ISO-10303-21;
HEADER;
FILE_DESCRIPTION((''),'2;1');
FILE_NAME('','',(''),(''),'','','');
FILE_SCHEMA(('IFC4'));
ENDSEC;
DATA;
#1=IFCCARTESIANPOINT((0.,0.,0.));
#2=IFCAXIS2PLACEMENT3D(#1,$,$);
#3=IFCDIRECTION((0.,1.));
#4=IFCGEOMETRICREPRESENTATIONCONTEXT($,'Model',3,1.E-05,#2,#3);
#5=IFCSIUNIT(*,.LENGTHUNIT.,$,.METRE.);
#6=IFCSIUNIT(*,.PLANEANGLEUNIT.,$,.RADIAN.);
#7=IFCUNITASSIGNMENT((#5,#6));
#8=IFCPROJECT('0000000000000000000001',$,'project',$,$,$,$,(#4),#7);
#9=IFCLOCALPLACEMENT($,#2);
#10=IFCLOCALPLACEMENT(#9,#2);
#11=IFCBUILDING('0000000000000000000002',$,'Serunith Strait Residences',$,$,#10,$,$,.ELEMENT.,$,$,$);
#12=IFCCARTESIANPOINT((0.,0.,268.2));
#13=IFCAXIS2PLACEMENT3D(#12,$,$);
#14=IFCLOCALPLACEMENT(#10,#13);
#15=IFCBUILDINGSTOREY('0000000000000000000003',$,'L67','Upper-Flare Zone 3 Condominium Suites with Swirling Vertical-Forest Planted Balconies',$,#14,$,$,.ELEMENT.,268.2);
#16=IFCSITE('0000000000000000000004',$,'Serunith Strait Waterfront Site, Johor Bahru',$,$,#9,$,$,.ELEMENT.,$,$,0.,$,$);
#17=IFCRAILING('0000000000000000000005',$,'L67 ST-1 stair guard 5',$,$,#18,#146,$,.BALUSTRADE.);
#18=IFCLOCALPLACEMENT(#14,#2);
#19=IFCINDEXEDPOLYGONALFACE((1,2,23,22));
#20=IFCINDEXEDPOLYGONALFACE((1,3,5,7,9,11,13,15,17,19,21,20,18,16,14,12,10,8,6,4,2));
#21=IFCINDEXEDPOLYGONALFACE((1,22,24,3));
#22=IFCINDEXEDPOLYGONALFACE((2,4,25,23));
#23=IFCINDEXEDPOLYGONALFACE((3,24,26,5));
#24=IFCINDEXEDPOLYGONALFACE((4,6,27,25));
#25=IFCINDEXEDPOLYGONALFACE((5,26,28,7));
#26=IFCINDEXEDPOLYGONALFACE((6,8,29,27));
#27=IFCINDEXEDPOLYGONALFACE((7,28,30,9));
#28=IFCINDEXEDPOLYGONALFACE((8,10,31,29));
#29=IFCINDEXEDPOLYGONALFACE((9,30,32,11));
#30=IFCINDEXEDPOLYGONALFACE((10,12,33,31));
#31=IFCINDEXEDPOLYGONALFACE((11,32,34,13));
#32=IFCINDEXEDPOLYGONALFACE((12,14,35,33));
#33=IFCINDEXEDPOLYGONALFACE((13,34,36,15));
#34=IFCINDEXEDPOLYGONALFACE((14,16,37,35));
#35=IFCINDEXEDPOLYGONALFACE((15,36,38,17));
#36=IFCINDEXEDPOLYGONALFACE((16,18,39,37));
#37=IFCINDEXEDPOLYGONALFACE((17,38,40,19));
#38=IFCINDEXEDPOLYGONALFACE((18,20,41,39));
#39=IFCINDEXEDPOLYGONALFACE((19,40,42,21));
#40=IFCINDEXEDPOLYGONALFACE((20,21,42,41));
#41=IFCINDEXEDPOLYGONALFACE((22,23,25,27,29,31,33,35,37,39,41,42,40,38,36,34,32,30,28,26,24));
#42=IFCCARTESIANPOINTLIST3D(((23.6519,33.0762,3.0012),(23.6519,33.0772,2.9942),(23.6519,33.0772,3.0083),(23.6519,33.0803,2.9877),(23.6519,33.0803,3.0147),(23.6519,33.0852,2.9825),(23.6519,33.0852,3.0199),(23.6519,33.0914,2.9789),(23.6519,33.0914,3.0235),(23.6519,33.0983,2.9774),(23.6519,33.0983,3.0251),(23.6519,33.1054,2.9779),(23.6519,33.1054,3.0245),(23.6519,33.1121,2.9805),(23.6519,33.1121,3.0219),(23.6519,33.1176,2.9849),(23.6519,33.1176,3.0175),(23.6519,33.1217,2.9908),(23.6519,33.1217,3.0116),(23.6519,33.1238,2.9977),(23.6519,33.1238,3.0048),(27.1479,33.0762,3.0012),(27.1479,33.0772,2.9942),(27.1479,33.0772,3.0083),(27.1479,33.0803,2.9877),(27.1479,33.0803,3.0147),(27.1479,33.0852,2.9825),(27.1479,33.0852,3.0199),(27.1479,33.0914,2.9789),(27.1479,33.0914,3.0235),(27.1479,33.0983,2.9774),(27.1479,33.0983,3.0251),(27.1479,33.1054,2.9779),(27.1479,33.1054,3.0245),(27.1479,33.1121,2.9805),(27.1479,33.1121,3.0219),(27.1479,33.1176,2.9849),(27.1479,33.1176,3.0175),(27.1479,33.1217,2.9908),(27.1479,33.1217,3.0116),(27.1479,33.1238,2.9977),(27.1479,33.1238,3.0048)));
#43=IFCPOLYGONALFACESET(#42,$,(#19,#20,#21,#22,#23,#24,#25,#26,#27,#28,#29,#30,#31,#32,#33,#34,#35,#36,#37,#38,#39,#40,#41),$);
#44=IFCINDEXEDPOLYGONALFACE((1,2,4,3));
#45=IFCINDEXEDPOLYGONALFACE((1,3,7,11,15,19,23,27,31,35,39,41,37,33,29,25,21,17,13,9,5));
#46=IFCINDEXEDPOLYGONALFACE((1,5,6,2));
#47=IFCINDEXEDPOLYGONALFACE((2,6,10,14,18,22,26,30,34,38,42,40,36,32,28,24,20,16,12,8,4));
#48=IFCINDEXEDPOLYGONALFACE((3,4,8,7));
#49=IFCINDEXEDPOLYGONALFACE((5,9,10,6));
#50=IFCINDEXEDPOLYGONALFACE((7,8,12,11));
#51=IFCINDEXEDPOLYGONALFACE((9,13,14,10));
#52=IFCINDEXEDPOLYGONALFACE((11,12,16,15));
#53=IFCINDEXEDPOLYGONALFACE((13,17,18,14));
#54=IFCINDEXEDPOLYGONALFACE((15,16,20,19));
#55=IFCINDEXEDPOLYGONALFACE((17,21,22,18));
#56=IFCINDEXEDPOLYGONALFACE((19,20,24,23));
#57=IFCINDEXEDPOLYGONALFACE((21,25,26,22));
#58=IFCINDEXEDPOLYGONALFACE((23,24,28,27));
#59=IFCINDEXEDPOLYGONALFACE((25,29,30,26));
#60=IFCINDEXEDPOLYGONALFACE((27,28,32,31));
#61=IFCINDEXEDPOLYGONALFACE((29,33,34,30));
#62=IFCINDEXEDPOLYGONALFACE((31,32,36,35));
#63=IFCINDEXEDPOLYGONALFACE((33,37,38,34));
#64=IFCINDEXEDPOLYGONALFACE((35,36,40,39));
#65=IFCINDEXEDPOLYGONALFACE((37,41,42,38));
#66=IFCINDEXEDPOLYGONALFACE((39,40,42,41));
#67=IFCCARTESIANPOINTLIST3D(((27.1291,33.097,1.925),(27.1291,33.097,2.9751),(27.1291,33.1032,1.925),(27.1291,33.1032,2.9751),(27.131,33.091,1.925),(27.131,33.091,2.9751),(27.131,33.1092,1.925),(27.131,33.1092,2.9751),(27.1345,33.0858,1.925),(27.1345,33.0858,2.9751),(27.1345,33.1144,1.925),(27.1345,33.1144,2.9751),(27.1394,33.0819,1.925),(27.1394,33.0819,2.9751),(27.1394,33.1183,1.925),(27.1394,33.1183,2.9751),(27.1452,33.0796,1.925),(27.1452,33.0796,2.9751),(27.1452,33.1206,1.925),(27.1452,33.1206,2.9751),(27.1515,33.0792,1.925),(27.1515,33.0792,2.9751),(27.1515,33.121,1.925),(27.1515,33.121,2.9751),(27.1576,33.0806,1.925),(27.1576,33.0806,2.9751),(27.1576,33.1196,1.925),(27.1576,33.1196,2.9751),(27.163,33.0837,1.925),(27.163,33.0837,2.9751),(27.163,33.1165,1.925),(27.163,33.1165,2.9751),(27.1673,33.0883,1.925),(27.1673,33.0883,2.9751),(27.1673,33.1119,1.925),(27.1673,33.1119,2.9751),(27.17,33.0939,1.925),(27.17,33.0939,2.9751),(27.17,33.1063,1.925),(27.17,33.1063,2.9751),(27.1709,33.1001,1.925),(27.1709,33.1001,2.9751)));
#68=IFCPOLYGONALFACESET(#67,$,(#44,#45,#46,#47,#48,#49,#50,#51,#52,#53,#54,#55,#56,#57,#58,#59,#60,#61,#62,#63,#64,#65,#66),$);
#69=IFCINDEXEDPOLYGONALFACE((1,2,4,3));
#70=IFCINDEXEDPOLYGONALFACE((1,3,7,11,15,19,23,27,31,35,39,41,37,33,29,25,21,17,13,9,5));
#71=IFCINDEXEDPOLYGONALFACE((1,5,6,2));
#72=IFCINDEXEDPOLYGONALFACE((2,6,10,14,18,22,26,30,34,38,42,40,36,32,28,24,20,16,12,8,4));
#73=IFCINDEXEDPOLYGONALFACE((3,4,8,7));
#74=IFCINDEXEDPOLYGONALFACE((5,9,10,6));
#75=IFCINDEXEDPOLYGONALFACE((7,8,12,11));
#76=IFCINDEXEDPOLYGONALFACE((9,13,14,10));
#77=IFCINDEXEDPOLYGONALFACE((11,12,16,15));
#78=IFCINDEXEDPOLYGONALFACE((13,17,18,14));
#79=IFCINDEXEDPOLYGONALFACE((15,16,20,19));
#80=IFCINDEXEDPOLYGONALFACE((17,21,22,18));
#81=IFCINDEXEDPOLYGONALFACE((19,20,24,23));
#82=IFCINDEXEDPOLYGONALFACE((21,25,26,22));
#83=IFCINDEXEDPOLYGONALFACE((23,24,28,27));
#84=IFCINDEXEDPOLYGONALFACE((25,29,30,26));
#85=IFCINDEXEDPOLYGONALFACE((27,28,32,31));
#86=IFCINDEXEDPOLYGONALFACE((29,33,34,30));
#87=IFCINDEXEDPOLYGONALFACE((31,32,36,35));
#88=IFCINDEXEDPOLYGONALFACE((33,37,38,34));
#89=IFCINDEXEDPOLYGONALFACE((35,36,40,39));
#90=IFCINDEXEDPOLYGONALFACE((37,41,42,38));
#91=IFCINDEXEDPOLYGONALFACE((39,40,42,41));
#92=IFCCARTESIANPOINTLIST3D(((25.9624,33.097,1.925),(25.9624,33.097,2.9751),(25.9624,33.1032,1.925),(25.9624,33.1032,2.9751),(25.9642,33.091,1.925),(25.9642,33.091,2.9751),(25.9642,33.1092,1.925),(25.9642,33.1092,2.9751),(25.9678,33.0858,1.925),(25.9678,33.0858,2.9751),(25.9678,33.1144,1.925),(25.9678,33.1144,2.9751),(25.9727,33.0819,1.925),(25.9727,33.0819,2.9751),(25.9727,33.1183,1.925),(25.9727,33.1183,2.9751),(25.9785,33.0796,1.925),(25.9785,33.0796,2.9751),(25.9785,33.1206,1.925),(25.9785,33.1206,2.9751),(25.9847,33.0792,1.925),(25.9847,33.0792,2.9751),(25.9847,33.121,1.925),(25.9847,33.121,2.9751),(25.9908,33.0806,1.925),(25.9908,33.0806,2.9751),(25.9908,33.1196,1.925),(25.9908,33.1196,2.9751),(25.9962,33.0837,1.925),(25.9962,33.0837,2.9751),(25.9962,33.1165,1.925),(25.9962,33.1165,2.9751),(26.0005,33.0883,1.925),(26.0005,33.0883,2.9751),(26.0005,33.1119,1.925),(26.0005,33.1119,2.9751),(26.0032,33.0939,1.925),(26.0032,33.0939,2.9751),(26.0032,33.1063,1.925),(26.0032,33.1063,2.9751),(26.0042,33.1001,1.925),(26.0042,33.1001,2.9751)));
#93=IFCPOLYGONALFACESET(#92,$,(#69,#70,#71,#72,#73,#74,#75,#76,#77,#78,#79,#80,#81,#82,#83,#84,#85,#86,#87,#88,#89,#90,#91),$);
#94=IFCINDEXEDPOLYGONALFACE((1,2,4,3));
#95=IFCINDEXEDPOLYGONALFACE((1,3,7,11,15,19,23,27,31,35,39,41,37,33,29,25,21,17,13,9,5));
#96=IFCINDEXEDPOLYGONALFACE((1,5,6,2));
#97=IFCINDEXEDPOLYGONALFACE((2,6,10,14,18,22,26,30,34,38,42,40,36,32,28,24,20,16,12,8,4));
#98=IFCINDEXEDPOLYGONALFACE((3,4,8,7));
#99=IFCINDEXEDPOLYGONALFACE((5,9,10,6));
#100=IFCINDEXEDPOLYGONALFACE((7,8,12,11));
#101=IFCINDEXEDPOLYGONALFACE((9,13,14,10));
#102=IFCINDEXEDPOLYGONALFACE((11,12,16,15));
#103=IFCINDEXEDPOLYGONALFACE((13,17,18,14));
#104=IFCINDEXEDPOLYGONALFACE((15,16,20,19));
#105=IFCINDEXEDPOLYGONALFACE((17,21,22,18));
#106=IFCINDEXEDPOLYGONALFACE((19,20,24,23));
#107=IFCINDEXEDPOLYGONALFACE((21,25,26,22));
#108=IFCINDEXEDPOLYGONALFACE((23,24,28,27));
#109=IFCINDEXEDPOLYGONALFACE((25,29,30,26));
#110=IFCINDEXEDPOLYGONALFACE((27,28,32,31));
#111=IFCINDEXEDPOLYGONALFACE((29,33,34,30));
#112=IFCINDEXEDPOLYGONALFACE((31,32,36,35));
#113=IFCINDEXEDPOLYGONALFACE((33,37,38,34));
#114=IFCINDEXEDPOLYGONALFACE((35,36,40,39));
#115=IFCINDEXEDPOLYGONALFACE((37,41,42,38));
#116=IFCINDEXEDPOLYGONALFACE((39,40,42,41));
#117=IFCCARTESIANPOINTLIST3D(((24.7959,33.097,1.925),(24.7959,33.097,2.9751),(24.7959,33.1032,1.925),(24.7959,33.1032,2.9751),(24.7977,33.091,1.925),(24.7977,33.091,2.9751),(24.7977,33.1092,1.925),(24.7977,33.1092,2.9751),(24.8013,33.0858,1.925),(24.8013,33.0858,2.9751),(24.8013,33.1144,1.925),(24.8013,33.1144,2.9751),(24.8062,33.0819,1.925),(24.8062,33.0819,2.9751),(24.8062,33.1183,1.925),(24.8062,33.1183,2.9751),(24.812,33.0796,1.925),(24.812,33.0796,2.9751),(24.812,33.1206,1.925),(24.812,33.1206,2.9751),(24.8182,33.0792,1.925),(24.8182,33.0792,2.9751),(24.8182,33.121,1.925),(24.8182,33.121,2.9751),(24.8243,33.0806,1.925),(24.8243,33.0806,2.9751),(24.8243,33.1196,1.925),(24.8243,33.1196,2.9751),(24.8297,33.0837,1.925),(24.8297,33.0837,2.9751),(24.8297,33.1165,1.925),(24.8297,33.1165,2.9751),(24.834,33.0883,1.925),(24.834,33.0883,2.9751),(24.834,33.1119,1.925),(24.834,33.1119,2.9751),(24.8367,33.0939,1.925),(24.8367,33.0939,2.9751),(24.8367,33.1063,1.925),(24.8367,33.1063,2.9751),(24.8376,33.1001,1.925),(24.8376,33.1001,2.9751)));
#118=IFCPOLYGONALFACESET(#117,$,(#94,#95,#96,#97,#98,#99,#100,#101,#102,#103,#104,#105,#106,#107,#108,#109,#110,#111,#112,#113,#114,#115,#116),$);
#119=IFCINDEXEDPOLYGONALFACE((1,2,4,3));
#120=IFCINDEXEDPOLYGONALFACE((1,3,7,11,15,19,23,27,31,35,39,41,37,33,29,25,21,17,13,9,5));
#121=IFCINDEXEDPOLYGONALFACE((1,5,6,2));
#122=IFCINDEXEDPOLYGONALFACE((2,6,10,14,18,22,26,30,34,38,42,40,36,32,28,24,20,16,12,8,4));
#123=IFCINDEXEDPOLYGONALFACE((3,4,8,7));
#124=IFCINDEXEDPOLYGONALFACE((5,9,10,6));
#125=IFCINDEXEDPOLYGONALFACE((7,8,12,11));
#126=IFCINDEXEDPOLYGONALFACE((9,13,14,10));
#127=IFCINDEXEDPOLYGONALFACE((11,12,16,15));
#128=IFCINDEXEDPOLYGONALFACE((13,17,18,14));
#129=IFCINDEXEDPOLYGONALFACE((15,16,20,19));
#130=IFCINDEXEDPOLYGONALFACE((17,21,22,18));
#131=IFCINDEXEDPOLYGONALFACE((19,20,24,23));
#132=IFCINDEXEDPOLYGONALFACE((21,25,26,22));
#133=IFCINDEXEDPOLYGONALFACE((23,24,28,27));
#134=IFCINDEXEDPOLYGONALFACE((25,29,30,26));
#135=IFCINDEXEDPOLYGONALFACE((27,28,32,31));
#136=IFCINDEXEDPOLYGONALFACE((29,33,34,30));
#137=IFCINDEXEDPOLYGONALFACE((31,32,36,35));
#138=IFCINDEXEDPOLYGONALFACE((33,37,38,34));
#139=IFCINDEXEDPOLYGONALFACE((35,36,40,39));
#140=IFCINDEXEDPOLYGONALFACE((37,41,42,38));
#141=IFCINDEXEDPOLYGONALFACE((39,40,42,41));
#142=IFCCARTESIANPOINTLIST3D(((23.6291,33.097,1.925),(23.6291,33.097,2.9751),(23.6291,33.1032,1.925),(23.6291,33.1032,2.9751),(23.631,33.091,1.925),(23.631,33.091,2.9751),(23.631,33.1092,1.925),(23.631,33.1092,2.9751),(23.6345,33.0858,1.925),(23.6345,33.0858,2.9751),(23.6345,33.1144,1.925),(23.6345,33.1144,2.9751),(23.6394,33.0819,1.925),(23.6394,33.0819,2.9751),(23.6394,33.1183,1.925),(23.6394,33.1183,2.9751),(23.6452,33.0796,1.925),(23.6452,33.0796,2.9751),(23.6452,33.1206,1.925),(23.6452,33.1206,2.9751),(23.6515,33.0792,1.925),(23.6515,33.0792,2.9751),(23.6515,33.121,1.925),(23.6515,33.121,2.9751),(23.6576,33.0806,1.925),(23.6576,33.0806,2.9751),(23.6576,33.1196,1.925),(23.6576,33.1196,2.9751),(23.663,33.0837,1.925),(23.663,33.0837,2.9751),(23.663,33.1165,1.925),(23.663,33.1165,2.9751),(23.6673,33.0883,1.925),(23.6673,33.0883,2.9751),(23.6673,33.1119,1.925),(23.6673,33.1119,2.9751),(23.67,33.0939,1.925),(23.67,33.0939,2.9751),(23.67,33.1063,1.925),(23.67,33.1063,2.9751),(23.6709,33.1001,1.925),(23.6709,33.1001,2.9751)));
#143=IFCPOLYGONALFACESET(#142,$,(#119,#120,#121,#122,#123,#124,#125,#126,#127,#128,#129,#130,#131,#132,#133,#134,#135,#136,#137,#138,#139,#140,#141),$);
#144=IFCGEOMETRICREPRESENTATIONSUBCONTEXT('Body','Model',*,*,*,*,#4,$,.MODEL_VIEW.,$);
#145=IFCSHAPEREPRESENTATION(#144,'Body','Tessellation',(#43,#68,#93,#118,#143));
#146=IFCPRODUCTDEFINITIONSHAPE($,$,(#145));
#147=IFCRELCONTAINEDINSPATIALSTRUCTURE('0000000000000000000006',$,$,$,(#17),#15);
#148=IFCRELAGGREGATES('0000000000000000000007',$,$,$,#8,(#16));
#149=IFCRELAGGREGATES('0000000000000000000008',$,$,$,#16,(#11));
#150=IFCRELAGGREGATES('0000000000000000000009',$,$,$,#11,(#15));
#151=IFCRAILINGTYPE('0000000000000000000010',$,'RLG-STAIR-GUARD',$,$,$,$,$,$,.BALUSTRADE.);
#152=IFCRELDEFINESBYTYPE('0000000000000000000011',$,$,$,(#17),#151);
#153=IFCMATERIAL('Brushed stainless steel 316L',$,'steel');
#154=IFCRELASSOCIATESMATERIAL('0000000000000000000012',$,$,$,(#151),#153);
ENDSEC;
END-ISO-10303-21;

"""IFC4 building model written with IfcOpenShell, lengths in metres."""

from ifc_helpers import new_model, si_unit, direction, frame, origin, origin_2d, place, context, subcontext, project, spatial, circle, extrude, material, type_object, element, save


model = new_model("IFC4")

# Units and contexts
model_context = context("Model", 3, precision=1e-05, world=origin(), true_north=direction((0.0, 1.0)))
body_context = subcontext(model_context, "Body", "Model", "MODEL_VIEW")
ifc_project = project(units=[si_unit("LENGTHUNIT", "METRE"), si_unit("PLANEANGLEUNIT", "RADIAN")], contexts=[model_context])

# Site, building, storey
site_placement = place(None, origin())
site = spatial("IfcSite", under=ifc_project, at=site_placement, Name="Serunith Strait Waterfront Site, Johor Bahru", CompositionType="ELEMENT", RefElevation=0.0)
building_placement = place(site_placement, origin())
building = spatial("IfcBuilding", under=site, at=building_placement, Name="Serunith Strait Residences", CompositionType="ELEMENT")
storey_placement = place(building_placement, frame((0.0, 0.0, 268.2)))
storey = spatial("IfcBuildingStorey", under=building, at=storey_placement, Name="L67", Description="Upper-Flare Zone 3 Condominium Suites with Swirling Vertical-Forest Planted Balconies", CompositionType="ELEMENT", Elevation=268.2)

# Railing
ifc_material_1 = material(Name="Brushed stainless steel 316L", Category="steel")
railing_type_1 = type_object("IfcRailingType", Name="RLG-STAIR-GUARD", PredefinedType="BALUSTRADE", material=ifc_material_1)
railing_1_placement = place(storey_placement, frame((27.1499, 33.1001, 1.925)))
element("IfcRailing", 1, at=railing_1_placement, inside=storey, type_object=railing_type_1, Name="L67 ST-1 stair guard 5", PredefinedType="BALUSTRADE", context=body_context, shape_type="SweptSolid", body=[
    extrude(circle(Radius=0.0239, at=origin_2d()), frame((-0.002, 0.0, 1.0762), z_axis=(-1.0, 0.0, 0.0), x_axis=(0.0, -1.0, 0.0)), (0.0, 0.0, 1.0), 3.4961),
    extrude(circle(Radius=0.021, at=origin_2d()), origin(), (0.0, 0.0, 1.0), 1.05),
    extrude(circle(Radius=0.021, at=origin_2d()), frame((-1.1667, 0.0, 0.0)), (0.0, 0.0, 1.0), 1.05),
    extrude(circle(Radius=0.021, at=origin_2d()), frame((-2.3333, 0.0, 0.0)), (0.0, 0.0, 1.0), 1.05),
    extrude(circle(Radius=0.021, at=origin_2d()), frame((-3.5, 0.0, 0.0)), (0.0, 0.0, 1.0), 1.05),
])

save(model, "model.ifc")
